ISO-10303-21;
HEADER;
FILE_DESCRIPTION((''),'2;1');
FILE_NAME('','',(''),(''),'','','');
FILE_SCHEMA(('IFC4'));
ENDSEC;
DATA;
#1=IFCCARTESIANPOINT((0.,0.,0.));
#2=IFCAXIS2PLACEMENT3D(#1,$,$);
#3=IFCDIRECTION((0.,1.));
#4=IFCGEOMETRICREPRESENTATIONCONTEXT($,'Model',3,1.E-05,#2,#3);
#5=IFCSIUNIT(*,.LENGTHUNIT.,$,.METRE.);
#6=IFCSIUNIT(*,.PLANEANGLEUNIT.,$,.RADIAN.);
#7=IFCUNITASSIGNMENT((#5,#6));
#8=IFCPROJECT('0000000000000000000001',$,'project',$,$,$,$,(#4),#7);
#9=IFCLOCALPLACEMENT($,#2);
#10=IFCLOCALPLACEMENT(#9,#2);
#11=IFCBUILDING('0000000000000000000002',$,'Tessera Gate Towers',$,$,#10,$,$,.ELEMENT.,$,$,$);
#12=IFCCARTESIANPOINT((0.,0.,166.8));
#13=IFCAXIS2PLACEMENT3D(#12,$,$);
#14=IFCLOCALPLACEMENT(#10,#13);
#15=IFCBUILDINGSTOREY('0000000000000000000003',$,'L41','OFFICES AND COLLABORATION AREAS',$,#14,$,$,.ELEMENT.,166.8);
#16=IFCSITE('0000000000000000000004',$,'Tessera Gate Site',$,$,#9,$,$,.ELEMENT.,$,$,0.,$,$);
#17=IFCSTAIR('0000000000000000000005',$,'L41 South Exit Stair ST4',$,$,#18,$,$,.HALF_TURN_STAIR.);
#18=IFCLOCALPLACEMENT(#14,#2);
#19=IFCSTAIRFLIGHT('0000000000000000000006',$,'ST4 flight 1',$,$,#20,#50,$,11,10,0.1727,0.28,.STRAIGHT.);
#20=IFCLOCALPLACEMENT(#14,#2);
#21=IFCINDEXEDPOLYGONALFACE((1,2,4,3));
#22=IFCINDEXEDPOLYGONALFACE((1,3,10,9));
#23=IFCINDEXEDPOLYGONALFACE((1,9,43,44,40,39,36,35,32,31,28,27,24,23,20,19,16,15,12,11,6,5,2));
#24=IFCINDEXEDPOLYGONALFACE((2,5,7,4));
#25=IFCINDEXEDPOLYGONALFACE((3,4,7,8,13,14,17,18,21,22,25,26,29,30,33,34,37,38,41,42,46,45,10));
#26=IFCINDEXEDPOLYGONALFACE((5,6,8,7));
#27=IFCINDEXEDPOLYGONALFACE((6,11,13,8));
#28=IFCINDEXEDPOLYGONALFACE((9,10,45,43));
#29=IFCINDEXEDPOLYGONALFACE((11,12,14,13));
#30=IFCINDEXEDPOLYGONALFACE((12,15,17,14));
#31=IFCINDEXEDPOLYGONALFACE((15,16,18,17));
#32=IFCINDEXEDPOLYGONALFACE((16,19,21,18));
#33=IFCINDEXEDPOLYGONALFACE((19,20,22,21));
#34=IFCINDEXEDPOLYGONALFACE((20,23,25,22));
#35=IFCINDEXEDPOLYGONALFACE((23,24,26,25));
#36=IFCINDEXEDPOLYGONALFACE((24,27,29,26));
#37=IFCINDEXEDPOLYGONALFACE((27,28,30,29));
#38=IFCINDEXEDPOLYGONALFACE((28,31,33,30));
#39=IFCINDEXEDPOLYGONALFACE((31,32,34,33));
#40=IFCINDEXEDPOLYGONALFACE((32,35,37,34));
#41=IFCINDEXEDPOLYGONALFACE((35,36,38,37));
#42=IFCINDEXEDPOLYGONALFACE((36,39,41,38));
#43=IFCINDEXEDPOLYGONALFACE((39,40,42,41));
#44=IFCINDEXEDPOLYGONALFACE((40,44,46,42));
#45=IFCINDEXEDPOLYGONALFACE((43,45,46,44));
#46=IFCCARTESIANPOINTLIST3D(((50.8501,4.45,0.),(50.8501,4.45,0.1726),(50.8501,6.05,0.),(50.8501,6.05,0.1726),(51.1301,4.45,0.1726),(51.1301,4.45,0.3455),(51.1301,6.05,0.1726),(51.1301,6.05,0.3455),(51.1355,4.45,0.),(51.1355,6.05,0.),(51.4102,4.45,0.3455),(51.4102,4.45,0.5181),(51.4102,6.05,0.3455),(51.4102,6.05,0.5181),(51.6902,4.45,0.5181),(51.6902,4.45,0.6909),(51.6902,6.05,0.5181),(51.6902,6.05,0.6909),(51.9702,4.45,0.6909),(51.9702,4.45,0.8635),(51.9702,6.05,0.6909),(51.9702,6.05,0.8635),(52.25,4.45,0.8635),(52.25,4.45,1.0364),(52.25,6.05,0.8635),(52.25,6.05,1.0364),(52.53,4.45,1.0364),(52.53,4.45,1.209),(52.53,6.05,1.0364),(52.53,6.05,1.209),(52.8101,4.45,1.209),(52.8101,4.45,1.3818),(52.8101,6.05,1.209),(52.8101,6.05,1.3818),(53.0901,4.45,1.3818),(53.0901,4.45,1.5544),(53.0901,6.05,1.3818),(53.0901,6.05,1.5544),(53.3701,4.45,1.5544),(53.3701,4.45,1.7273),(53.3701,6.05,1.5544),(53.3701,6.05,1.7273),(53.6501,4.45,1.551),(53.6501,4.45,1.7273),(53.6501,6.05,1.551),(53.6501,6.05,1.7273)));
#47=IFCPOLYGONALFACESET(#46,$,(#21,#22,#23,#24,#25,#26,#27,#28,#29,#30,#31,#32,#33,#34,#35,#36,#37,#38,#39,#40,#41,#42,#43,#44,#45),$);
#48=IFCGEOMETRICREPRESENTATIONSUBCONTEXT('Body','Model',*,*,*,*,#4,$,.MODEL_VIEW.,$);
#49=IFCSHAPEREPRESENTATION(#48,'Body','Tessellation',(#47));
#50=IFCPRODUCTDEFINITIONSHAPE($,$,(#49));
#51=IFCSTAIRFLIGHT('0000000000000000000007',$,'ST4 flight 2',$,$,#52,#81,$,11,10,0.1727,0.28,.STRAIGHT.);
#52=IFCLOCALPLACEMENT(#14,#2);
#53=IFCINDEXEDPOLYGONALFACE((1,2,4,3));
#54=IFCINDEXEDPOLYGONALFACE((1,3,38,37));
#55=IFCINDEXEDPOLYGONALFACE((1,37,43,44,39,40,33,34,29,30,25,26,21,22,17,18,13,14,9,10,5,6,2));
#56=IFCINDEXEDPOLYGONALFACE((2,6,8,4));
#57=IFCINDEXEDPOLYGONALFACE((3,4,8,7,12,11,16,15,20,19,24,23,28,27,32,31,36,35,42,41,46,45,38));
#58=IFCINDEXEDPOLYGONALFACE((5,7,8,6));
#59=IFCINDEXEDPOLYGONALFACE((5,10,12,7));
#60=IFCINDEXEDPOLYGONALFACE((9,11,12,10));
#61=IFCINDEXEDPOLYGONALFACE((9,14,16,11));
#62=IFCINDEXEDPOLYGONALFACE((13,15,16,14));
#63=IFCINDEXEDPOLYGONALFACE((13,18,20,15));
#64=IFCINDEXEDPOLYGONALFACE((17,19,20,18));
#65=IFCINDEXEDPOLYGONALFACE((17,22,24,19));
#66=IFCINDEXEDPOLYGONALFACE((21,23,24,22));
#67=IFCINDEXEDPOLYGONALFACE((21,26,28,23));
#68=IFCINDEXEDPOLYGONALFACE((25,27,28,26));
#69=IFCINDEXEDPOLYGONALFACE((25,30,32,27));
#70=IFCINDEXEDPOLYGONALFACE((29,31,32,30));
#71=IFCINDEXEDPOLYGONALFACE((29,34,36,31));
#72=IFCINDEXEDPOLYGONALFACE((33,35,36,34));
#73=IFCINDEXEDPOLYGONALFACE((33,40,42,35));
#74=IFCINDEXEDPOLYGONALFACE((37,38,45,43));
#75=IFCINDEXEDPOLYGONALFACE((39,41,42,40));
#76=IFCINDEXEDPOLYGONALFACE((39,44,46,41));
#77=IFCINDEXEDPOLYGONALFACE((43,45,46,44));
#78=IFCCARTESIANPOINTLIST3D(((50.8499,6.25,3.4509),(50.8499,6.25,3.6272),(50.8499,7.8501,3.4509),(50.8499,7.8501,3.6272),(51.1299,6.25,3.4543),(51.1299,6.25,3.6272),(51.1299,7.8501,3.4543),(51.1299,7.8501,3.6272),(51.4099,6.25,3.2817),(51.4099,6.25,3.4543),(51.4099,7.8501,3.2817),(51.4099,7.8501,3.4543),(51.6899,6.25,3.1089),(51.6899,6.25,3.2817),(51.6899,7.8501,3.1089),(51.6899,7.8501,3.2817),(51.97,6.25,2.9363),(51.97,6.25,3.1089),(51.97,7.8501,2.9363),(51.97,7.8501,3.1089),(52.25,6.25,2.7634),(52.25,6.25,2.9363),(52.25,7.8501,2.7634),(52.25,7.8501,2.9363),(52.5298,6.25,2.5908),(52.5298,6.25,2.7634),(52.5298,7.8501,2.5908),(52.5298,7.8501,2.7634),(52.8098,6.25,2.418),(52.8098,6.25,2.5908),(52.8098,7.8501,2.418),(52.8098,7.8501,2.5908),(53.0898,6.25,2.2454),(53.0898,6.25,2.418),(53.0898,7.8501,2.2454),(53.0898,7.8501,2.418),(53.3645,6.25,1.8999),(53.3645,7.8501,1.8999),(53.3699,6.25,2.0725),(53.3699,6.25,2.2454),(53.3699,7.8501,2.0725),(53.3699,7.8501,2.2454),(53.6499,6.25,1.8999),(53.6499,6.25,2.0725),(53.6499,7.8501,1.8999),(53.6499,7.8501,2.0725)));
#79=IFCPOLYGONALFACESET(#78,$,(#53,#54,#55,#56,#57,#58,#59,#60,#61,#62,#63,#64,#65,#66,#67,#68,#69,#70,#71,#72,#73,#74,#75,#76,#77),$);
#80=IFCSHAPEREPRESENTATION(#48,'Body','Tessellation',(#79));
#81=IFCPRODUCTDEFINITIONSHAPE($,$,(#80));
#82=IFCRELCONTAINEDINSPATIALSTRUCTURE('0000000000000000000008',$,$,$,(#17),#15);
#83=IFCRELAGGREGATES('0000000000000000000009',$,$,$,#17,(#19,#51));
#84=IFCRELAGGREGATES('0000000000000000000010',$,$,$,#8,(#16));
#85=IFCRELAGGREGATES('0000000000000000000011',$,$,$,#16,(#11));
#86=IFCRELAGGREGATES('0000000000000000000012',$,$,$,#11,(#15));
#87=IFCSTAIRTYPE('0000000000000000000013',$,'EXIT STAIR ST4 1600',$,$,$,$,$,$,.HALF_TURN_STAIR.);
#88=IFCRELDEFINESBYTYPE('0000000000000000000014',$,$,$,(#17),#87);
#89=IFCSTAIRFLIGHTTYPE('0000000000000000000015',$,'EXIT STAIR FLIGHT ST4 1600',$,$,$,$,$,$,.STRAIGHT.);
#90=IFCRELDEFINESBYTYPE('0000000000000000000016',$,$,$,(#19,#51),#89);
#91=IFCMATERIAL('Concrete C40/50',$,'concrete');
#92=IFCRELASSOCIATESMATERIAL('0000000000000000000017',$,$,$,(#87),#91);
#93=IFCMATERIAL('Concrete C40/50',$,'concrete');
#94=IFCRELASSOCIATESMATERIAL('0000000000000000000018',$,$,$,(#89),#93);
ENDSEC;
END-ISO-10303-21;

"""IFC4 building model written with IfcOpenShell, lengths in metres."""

from ifc_helpers import new_model, si_unit, direction, frame, origin, place, context, subcontext, project, spatial, polyline, outline, extrude, material, type_object, element, aggregate, save


model = new_model("IFC4")

# Units and contexts
model_context = context("Model", 3, precision=1e-05, world=origin(), true_north=direction((0.0, 1.0)))
body_context = subcontext(model_context, "Body", "Model", "MODEL_VIEW")
ifc_project = project(units=[si_unit("LENGTHUNIT", "METRE"), si_unit("PLANEANGLEUNIT", "RADIAN")], contexts=[model_context])

# Site, building, storey
site_placement = place(None, origin())
site = spatial("IfcSite", under=ifc_project, at=site_placement, Name="Tessera Gate Site", CompositionType="ELEMENT", RefElevation=0.0)
building_placement = place(site_placement, origin())
building = spatial("IfcBuilding", under=site, at=building_placement, Name="Tessera Gate Towers", CompositionType="ELEMENT")
storey_placement = place(building_placement, frame((0.0, 0.0, 166.8)))
storey = spatial("IfcBuildingStorey", under=building, at=storey_placement, Name="L41", Description="OFFICES AND COLLABORATION AREAS", CompositionType="ELEMENT", Elevation=166.8)

# Stair, stair flights
ifc_material_1 = material(Name="Concrete C40/50", Category="concrete")
stair_type = type_object("IfcStairType", Name="EXIT STAIR ST4 1600", PredefinedType="HALF_TURN_STAIR", material=ifc_material_1)
stair_placement = place(storey_placement, origin())
stair = element("IfcStair", 1, at=stair_placement, inside=storey, type_object=stair_type, Name="L41 South Exit Stair ST4", PredefinedType="HALF_TURN_STAIR")
ifc_material_2 = material(Name="Concrete C40/50", Category="concrete")
stair_flight_type = type_object("IfcStairFlightType", Name="EXIT STAIR FLIGHT ST4 1600", PredefinedType="STRAIGHT", material=ifc_material_2)
stair_flight_1_placement = place(storey_placement, frame((50.8501, 5.25, 0.0), z_axis=(0.0, 0.0, 1.0), x_axis=(1.0, 0.0, 0.0)))
stair_flight_1 = element("IfcStairFlight", 2, at=stair_flight_1_placement, type_object=stair_flight_type, Name="ST4 flight 1", NumberOfRisers=11, NumberOfTreads=10, PredefinedType="STRAIGHT", RiserHeight=0.1727, TreadLength=0.28, context=body_context, shape_type="SweptSolid", body=[
    extrude(outline(polyline([(0.0, 0.0), (0.0, 0.1726), (0.28, 0.1726), (0.28, 0.3455), (0.5601, 0.3455), (0.5601, 0.5181), (0.8401, 0.5181), (0.8401, 0.6909), (1.1201, 0.6909), (1.1201, 0.8635), (1.3999, 0.8635), (1.3999, 1.0364), (1.6799, 1.0364), (1.6799, 1.209), (1.96, 1.209), (1.96, 1.3818), (2.24, 1.3818), (2.24, 1.5544), (2.52, 1.5544), (2.52, 1.7273), (2.8, 1.7273), (2.8, 1.8999), (2.8, 1.551), (0.2854, 0.0), (0.0, 0.0)])), frame((0.0, 0.8, 0.0), z_axis=(0.0, -1.0, 0.0), x_axis=(1.0, 0.0, 0.0)), (0.0, 0.0, 1.0), 1.6001),
])
stair_flight_2_placement = place(storey_placement, frame((53.6499, 7.05, 1.8999), z_axis=(0.0, 0.0, 1.0), x_axis=(-1.0, 0.0, 0.0)))
stair_flight_2 = element("IfcStairFlight", 3, at=stair_flight_2_placement, type_object=stair_flight_type, Name="ST4 flight 2", NumberOfRisers=11, NumberOfTreads=10, PredefinedType="STRAIGHT", RiserHeight=0.1727, TreadLength=0.28, context=body_context, shape_type="SweptSolid", body=[
    extrude(outline(polyline([(0.0, 0.0), (0.0, 0.1726), (0.28, 0.1726), (0.28, 0.3455), (0.5601, 0.3455), (0.5601, 0.5181), (0.8401, 0.5181), (0.8401, 0.6909), (1.1201, 0.6909), (1.1201, 0.8635), (1.3999, 0.8635), (1.3999, 1.0364), (1.6799, 1.0364), (1.6799, 1.209), (1.96, 1.209), (1.96, 1.3818), (2.24, 1.3818), (2.24, 1.5544), (2.52, 1.5544), (2.52, 1.7273), (2.8, 1.7273), (2.8, 1.8999), (2.8, 1.551), (0.2854, 0.0), (0.0, 0.0)])), frame((0.0, 0.8, 0.0), z_axis=(0.0, -1.0, 0.0), x_axis=(1.0, 0.0, 0.0)), (0.0, 0.0, 1.0), 1.6001),
])
aggregate(stair, [stair_flight_1, stair_flight_2])

save(model, "model.ifc")
